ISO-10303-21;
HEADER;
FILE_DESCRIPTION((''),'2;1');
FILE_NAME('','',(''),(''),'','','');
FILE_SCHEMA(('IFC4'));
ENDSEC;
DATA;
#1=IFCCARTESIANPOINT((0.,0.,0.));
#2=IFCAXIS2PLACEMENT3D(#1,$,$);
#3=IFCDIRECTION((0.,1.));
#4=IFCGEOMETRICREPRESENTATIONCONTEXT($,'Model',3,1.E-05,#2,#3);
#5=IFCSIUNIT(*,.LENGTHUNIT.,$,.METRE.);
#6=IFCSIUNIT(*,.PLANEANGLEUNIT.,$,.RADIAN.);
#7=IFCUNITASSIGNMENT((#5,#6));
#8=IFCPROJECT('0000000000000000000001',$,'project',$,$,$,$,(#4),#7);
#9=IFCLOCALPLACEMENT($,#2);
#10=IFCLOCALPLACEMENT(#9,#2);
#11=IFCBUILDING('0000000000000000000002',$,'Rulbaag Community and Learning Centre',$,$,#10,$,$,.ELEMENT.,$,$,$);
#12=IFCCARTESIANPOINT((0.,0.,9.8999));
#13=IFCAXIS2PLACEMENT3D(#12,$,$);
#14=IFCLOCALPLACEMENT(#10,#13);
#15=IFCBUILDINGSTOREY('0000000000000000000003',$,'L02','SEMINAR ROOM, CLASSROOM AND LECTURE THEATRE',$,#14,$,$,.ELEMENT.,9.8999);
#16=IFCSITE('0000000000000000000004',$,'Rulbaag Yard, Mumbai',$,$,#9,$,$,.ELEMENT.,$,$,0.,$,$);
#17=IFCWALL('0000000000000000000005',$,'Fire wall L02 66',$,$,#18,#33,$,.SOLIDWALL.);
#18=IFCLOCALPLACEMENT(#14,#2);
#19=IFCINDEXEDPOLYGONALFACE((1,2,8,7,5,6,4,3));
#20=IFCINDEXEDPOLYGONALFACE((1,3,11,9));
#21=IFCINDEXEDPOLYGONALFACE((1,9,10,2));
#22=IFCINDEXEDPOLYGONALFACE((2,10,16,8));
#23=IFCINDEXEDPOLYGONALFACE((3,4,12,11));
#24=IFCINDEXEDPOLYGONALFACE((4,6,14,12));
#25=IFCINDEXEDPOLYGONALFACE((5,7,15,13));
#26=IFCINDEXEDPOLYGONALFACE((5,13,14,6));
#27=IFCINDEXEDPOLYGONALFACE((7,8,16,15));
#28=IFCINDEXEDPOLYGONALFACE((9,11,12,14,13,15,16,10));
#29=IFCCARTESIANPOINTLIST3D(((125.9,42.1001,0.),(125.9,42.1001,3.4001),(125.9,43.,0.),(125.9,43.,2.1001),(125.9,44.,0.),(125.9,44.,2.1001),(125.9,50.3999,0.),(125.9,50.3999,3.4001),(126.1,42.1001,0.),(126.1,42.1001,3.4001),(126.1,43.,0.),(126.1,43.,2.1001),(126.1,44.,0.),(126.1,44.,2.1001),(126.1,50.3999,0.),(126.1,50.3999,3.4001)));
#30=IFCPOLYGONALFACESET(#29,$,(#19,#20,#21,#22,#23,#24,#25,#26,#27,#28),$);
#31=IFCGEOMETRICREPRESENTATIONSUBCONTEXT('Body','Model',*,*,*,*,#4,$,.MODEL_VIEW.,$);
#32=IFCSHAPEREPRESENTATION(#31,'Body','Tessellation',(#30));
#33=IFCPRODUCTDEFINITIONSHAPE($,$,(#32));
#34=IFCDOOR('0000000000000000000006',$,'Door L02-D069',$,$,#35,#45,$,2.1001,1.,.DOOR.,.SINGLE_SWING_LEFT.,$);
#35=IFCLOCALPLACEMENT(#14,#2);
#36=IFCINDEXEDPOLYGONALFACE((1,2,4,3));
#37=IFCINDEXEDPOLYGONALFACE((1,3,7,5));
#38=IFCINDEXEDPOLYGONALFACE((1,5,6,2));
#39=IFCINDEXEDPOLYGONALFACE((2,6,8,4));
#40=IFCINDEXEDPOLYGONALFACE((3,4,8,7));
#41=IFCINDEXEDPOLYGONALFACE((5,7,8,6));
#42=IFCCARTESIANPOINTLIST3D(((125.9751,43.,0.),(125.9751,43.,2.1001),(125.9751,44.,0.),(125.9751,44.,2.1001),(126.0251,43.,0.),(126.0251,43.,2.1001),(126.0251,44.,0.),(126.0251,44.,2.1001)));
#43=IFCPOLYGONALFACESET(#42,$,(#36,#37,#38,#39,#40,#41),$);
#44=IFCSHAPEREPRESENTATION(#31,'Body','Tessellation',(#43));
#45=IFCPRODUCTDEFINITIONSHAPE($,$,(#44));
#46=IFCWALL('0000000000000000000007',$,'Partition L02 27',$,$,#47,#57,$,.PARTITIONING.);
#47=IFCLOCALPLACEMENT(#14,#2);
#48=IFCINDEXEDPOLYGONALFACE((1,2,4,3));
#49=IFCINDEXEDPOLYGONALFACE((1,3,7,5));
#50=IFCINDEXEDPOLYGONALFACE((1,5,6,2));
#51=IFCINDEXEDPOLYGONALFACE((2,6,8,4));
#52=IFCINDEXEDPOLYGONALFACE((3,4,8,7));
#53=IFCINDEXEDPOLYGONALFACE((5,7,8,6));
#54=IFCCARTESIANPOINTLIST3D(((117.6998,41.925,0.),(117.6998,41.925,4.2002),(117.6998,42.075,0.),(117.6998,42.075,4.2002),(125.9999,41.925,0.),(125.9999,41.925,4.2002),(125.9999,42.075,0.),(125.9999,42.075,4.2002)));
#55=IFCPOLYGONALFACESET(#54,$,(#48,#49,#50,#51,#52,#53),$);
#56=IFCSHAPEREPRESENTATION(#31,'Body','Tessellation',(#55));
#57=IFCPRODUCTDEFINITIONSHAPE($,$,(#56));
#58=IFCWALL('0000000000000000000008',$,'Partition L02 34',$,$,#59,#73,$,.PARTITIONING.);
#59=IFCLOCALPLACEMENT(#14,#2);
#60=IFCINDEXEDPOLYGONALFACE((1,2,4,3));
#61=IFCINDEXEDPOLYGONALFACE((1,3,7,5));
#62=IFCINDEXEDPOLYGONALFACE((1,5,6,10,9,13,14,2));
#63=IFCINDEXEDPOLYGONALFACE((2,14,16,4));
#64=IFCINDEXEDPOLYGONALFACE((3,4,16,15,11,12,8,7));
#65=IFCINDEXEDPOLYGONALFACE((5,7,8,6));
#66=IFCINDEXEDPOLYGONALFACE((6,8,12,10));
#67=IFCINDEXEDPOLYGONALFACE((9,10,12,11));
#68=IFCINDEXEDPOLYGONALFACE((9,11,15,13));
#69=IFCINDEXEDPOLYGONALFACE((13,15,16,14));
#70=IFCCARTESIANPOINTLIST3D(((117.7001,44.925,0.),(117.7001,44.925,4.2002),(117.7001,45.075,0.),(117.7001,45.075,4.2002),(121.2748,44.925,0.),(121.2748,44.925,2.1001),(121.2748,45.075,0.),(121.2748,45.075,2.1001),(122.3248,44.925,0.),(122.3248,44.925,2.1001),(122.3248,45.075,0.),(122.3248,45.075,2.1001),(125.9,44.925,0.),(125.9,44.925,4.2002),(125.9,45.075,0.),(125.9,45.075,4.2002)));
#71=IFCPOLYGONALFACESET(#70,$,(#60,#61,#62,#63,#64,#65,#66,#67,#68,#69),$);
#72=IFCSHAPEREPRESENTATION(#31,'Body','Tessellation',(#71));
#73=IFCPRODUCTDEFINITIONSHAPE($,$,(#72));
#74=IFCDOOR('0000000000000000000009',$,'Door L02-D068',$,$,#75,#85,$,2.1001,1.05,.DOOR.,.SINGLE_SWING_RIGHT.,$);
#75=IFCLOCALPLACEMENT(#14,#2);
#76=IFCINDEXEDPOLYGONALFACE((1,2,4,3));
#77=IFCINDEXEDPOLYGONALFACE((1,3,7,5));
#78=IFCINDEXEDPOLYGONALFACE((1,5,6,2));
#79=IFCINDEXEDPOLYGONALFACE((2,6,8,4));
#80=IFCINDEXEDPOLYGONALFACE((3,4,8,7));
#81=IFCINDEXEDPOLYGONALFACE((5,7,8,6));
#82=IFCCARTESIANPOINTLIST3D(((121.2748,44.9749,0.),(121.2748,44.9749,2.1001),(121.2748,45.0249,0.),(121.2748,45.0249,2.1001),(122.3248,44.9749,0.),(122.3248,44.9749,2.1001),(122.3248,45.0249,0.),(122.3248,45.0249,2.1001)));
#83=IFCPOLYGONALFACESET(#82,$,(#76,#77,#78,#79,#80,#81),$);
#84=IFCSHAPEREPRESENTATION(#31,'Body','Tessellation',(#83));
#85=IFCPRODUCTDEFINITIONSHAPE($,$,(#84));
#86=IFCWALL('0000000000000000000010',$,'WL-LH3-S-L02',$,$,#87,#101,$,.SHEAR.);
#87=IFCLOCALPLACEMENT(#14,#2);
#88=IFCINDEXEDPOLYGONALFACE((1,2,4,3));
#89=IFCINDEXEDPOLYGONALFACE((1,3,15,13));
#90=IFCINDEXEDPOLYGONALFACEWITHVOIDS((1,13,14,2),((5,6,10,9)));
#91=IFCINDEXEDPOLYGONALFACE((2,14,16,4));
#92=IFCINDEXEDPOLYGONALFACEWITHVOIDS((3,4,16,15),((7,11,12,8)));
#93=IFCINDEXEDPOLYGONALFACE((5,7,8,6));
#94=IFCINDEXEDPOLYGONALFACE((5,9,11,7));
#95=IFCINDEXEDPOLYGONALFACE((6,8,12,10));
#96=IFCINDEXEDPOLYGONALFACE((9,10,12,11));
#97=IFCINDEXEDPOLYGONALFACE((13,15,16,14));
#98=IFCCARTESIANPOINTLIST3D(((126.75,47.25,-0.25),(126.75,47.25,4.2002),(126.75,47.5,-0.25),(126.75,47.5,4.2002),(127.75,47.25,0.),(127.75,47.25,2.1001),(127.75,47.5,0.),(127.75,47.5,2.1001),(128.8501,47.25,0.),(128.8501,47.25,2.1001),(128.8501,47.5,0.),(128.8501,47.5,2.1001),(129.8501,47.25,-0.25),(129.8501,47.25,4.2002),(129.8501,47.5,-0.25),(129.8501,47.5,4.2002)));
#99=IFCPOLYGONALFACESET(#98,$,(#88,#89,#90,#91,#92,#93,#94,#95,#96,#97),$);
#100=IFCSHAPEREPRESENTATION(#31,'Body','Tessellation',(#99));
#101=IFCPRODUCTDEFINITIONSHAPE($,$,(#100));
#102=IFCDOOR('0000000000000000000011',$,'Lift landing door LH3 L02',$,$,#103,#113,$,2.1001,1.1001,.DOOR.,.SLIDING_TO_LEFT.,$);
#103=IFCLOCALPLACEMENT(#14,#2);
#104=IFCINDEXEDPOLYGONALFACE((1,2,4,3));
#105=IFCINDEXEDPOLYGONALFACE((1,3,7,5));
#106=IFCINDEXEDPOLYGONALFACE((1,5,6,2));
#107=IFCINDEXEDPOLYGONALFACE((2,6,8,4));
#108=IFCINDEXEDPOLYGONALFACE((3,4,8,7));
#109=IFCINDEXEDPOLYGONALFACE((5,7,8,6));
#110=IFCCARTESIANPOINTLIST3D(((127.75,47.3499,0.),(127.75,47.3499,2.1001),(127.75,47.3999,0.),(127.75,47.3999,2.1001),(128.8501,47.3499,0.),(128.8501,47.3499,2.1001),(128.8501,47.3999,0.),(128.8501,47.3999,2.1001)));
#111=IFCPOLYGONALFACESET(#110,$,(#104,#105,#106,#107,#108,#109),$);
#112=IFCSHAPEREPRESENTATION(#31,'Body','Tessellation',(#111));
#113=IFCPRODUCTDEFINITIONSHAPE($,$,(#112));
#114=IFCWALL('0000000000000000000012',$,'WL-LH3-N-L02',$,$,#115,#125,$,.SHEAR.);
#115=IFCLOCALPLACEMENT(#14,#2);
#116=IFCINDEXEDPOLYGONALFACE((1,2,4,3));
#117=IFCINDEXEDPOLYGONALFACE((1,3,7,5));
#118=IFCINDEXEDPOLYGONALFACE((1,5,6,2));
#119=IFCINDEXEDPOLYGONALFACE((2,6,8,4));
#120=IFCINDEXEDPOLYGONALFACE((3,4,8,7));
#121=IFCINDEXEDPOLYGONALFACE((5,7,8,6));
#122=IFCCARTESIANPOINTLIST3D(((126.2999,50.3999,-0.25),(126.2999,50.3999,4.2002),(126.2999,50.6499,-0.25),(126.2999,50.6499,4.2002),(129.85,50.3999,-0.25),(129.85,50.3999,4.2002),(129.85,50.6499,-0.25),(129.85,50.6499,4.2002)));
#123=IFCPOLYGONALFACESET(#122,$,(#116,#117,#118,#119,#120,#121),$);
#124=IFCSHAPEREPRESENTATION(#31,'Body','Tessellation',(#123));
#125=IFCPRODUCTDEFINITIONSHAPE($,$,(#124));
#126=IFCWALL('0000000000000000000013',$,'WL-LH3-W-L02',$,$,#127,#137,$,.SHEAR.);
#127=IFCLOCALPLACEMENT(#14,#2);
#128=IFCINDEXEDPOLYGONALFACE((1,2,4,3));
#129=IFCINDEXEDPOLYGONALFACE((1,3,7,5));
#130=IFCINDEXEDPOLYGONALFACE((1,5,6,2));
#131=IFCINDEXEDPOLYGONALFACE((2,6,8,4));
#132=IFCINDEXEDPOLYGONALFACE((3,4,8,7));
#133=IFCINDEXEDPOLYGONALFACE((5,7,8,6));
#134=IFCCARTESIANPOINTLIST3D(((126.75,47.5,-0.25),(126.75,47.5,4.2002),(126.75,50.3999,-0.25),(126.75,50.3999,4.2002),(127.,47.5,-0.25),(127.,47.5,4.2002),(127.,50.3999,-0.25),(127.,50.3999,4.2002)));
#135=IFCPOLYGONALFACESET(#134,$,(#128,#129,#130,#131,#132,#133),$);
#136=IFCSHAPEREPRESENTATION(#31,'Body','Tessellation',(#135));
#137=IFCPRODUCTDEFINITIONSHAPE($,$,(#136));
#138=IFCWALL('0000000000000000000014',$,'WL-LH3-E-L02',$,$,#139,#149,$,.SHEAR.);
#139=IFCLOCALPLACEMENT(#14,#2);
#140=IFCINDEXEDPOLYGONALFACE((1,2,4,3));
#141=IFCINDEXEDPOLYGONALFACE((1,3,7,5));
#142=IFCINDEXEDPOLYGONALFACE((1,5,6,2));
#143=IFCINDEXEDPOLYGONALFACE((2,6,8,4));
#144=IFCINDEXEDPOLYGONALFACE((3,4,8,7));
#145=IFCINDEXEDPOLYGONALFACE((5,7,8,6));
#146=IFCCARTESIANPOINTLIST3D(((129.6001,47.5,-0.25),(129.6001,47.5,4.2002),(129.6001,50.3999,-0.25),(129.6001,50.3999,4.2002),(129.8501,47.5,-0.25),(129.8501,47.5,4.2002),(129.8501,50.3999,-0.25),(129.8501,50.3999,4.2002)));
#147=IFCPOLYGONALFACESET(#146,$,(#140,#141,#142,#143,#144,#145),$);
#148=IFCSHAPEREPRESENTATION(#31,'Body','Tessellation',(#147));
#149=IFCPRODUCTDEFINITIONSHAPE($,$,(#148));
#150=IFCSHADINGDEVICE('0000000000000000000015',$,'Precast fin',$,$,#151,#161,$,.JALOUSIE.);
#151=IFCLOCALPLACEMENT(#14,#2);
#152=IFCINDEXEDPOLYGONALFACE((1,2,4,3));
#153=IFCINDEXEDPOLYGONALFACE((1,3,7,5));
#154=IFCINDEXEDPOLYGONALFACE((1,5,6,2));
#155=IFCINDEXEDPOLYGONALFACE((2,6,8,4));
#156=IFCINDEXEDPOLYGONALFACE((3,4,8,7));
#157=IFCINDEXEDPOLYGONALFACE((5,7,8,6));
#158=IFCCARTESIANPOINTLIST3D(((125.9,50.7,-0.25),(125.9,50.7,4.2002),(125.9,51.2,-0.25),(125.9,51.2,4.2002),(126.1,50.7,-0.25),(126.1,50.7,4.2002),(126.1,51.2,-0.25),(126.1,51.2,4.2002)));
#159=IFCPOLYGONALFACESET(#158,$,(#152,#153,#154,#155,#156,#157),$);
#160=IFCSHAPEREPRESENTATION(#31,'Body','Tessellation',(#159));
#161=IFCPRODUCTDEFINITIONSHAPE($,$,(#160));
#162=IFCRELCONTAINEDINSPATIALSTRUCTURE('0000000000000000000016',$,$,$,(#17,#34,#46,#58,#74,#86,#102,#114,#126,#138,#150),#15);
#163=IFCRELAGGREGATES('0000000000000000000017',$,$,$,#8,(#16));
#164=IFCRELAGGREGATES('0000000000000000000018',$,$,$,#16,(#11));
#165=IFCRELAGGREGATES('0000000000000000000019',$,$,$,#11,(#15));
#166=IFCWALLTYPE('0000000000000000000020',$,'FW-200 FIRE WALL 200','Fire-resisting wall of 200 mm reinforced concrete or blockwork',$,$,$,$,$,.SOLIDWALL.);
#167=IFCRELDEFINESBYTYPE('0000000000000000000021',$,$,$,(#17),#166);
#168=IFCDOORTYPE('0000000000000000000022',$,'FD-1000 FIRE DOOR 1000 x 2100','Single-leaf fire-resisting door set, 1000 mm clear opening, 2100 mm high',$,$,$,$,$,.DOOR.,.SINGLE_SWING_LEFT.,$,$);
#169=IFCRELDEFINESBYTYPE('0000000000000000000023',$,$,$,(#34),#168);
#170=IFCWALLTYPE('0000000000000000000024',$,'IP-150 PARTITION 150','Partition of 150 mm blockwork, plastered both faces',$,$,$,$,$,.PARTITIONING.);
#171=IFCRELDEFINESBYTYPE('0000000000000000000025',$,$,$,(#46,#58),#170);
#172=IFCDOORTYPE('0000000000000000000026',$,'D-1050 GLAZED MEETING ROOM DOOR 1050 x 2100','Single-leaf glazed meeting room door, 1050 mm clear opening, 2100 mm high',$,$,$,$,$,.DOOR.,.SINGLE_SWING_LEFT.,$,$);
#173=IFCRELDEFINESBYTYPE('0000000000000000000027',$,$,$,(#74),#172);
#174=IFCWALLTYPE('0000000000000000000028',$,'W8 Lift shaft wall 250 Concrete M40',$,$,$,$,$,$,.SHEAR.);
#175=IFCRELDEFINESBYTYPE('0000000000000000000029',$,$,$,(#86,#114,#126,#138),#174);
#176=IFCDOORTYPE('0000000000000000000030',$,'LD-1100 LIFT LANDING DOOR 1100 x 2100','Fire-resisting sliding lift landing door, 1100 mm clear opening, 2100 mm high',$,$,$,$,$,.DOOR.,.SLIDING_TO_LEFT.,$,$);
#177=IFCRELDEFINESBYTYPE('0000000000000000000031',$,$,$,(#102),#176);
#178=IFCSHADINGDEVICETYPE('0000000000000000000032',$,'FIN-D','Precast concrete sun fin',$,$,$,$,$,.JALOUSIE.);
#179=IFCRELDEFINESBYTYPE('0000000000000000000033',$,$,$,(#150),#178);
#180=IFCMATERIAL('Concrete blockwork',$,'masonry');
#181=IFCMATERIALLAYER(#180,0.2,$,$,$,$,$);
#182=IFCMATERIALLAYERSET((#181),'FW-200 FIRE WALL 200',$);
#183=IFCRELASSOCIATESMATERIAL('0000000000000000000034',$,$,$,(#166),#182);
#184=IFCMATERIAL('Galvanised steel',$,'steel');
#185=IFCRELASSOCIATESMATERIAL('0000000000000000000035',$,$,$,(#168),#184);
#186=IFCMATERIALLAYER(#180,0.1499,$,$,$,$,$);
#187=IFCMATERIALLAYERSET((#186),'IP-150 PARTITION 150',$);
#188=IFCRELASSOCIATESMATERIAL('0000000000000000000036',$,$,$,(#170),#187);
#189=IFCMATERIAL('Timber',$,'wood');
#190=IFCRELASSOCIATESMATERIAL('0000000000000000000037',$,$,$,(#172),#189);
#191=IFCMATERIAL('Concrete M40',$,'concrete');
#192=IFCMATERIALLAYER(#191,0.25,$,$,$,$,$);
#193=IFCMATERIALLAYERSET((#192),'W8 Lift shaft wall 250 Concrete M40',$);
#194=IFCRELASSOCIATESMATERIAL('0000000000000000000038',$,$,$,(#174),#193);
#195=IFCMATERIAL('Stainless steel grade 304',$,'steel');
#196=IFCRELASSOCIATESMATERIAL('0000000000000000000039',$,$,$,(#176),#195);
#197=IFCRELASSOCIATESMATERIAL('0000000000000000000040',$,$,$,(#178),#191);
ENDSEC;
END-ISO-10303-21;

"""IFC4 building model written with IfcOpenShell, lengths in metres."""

from ifc_helpers import new_model, si_unit, direction, frame, frame_2d, origin, origin_2d, place, context, subcontext, project, spatial, rectangle, extrude, material, layer, layer_set, material_profile, profile_set, type_object, element, fill, save


model = new_model("IFC4")

# Units and contexts
model_context = context("Model", 3, precision=1e-05, world=origin(), true_north=direction((0.0, 1.0)))
body_context = subcontext(model_context, "Body", "Model", "MODEL_VIEW")
ifc_project = project(units=[si_unit("LENGTHUNIT", "METRE"), si_unit("PLANEANGLEUNIT", "RADIAN")], contexts=[model_context])

# Site, building, storey
site_placement = place(None, origin())
site = spatial("IfcSite", under=ifc_project, at=site_placement, Name="Rulbaag Yard, Mumbai", CompositionType="ELEMENT", RefElevation=0.0)
building_placement = place(site_placement, origin())
building = spatial("IfcBuilding", under=site, at=building_placement, Name="Rulbaag Community and Learning Centre", CompositionType="ELEMENT")
storey_placement = place(building_placement, frame((0.0, 0.0, 9.8999)))
storey = spatial("IfcBuildingStorey", under=building, at=storey_placement, Name="L02", Description="SEMINAR ROOM, CLASSROOM AND LECTURE THEATRE", CompositionType="ELEMENT", Elevation=9.8999)

# Shared definitions
ifc_material_1 = material(Name="Concrete M40", Category="concrete")

# Shared definitions
ifc_material_2 = material(Name="Concrete blockwork", Category="masonry")
ifc_layer_1 = layer(ifc_material_2, 0.2)
ifc_layer_set_1 = layer_set([ifc_layer_1], Name="FW-200 FIRE WALL 200")
wall_type_1 = type_object("IfcWallType", Name="FW-200 FIRE WALL 200", Description="Fire-resisting wall of 200 mm reinforced concrete or blockwork", PredefinedType="SOLIDWALL", material=ifc_layer_set_1)

# Wall, opening, door
wall_1_placement = place(storey_placement, frame((126.0, 42.1001, 0.0), z_axis=(0.0, 0.0, 1.0), x_axis=(0.0, 1.0, 0.0)))
wall_1 = element("IfcWall", 1, at=wall_1_placement, inside=storey, type_object=wall_type_1, Name="Fire wall L02 66", PredefinedType="SOLIDWALL", context=body_context, shape_type="SweptSolid", body=[
    extrude(rectangle(XDim=8.2998, YDim=0.2, at=frame_2d((4.1499, 0.0))), origin(), (0.0, 0.0, 1.0), 3.4001),
])
opening_1_placement = place(wall_1_placement, frame((0.8999, 0.0, 0.0)))
opening_1 = element("IfcOpeningElement", 2, at=opening_1_placement, cuts=wall_1, PredefinedType="OPENING", context=body_context, shape_type="SweptSolid", body=[
    extrude(rectangle(XDim=1.0, YDim=2.1001, at=frame_2d((0.5, 1.05))), frame((0.0, 0.1099, 0.0), z_axis=(0.0, -1.0, 0.0), x_axis=(1.0, 0.0, 0.0)), (0.0, 0.0, 1.0), 0.22),
])
ifc_material_3 = material(Name="Galvanised steel", Category="steel")
door_type_1 = type_object("IfcDoorType", Name="FD-1000 FIRE DOOR 1000 x 2100", Description="Single-leaf fire-resisting door set, 1000 mm clear opening, 2100 mm high", OperationType="SINGLE_SWING_LEFT", PredefinedType="DOOR", material=ifc_material_3)
door_1_placement = place(opening_1_placement, origin())
door_1 = element("IfcDoor", 3, at=door_1_placement, inside=storey, type_object=door_type_1, Name="Door L02-D069", OperationType="SINGLE_SWING_LEFT", OverallHeight=2.1001, OverallWidth=1.0, PredefinedType="DOOR", context=body_context, shape_type="SweptSolid", body=[
    extrude(rectangle(XDim=1.0, YDim=2.1001, at=frame_2d((0.5, 1.05))), frame((0.0, 0.0249, 0.0), z_axis=(0.0, -1.0, 0.0), x_axis=(1.0, 0.0, 0.0)), (0.0, 0.0, 1.0), 0.05),
])
fill(opening_1, door_1)

# Wall
ifc_layer_2 = layer(ifc_material_2, 0.1499)
ifc_layer_set_2 = layer_set([ifc_layer_2], Name="IP-150 PARTITION 150")
wall_type_2 = type_object("IfcWallType", Name="IP-150 PARTITION 150", Description="Partition of 150 mm blockwork, plastered both faces", PredefinedType="PARTITIONING", material=ifc_layer_set_2)
wall_2_placement = place(storey_placement, frame((117.7, 42.0, 0.0), z_axis=(0.0, 0.0, 1.0), x_axis=(1.0, 0.0, 0.0)))
element("IfcWall", 4, at=wall_2_placement, inside=storey, type_object=wall_type_2, Name="Partition L02 27", PredefinedType="PARTITIONING", context=body_context, shape_type="SweptSolid", body=[
    extrude(rectangle(XDim=8.3, YDim=0.1499, at=frame_2d((4.1499, 0.0))), origin(), (0.0, 0.0, 1.0), 4.2002),
])

# Walls, openings, doors
wall_3_placement = place(storey_placement, frame((117.7, 45.0, 0.0), z_axis=(0.0, 0.0, 1.0), x_axis=(1.0, 0.0, 0.0)))
wall_3 = element("IfcWall", 5, at=wall_3_placement, inside=storey, type_object=wall_type_2, Name="Partition L02 34", PredefinedType="PARTITIONING", context=body_context, shape_type="SweptSolid", body=[
    extrude(rectangle(XDim=8.2, YDim=0.1499, at=frame_2d((4.1001, 0.0))), origin(), (0.0, 0.0, 1.0), 4.2002),
])
opening_2_placement = place(wall_3_placement, frame((3.575, 0.0, 0.0)))
opening_2 = element("IfcOpeningElement", 6, at=opening_2_placement, cuts=wall_3, PredefinedType="OPENING", context=body_context, shape_type="SweptSolid", body=[
    extrude(rectangle(XDim=1.05, YDim=2.1001, at=frame_2d((0.5249, 1.05))), frame((0.0, 0.085, 0.0), z_axis=(0.0, -1.0, 0.0), x_axis=(1.0, 0.0, 0.0)), (0.0, 0.0, 1.0), 0.1699),
])
ifc_material_4 = material(Name="Timber", Category="wood")
door_type_2 = type_object("IfcDoorType", Name="D-1050 GLAZED MEETING ROOM DOOR 1050 x 2100", Description="Single-leaf glazed meeting room door, 1050 mm clear opening, 2100 mm high", OperationType="SINGLE_SWING_LEFT", PredefinedType="DOOR", material=ifc_material_4)
door_2_placement = place(opening_2_placement, origin())
door_2 = element("IfcDoor", 7, at=door_2_placement, inside=storey, type_object=door_type_2, Name="Door L02-D068", OperationType="SINGLE_SWING_RIGHT", OverallHeight=2.1001, OverallWidth=1.05, PredefinedType="DOOR", context=body_context, shape_type="SweptSolid", body=[
    extrude(rectangle(XDim=1.05, YDim=2.1001, at=frame_2d((0.5249, 1.05))), frame((0.0, 0.0249, 0.0), z_axis=(0.0, -1.0, 0.0), x_axis=(1.0, 0.0, 0.0)), (0.0, 0.0, 1.0), 0.05),
])
fill(opening_2, door_2)
ifc_layer_3 = layer(ifc_material_1, 0.25)
ifc_layer_set_3 = layer_set([ifc_layer_3], Name="W8 Lift shaft wall 250 Concrete M40")
wall_type_3 = type_object("IfcWallType", Name="W8 Lift shaft wall 250 Concrete M40", PredefinedType="SHEAR", material=ifc_layer_set_3)
wall_4_placement = place(storey_placement, frame((126.75, 47.375, -0.25), z_axis=(0.0, 0.0, 1.0), x_axis=(1.0, 0.0, 0.0)))
wall_4 = element("IfcWall", 8, at=wall_4_placement, inside=storey, type_object=wall_type_3, Name="WL-LH3-S-L02", PredefinedType="SHEAR", context=body_context, shape_type="SweptSolid", body=[
    extrude(rectangle(XDim=3.1001, YDim=0.25, at=frame_2d((1.55, 0.0))), origin(), (0.0, 0.0, 1.0), 4.4502),
])
opening_3_placement = place(wall_4_placement, frame((1.0, 0.0, 0.25)))
opening_3 = element("IfcOpeningElement", 9, at=opening_3_placement, cuts=wall_4, PredefinedType="OPENING", context=body_context, shape_type="SweptSolid", body=[
    extrude(rectangle(XDim=1.1001, YDim=2.1001, at=frame_2d((0.55, 1.05))), frame((0.0, 0.135, 0.0), z_axis=(0.0, -1.0, 0.0), x_axis=(1.0, 0.0, 0.0)), (0.0, 0.0, 1.0), 0.27),
])
ifc_material_5 = material(Name="Stainless steel grade 304", Category="steel")
door_type_3 = type_object("IfcDoorType", Name="LD-1100 LIFT LANDING DOOR 1100 x 2100", Description="Fire-resisting sliding lift landing door, 1100 mm clear opening, 2100 mm high", OperationType="SLIDING_TO_LEFT", PredefinedType="DOOR", material=ifc_material_5)
door_3_placement = place(opening_3_placement, origin())
door_3 = element("IfcDoor", 10, at=door_3_placement, inside=storey, type_object=door_type_3, Name="Lift landing door LH3 L02", OperationType="SLIDING_TO_LEFT", OverallHeight=2.1001, OverallWidth=1.1001, PredefinedType="DOOR", context=body_context, shape_type="SweptSolid", body=[
    extrude(rectangle(XDim=1.1001, YDim=2.1001, at=frame_2d((0.55, 1.05))), frame((0.0, 0.0249, 0.0), z_axis=(0.0, -1.0, 0.0), x_axis=(1.0, 0.0, 0.0)), (0.0, 0.0, 1.0), 0.05),
])
fill(opening_3, door_3)

# Walls
wall_5_placement = place(storey_placement, frame((126.3, 50.5249, -0.25), z_axis=(0.0, 0.0, 1.0), x_axis=(1.0, 0.0, 0.0)))
element("IfcWall", 11, at=wall_5_placement, inside=storey, type_object=wall_type_3, Name="WL-LH3-N-L02", PredefinedType="SHEAR", context=body_context, shape_type="SweptSolid", body=[
    extrude(rectangle(XDim=3.55, YDim=0.25, at=frame_2d((1.7749, 0.0))), origin(), (0.0, 0.0, 1.0), 4.4502),
])
for number, where, z_axis, x_axis, name in (
    (12, (126.875, 47.5, -0.25), (0.0, 0.0, 1.0), (0.0, 1.0, 0.0), "WL-LH3-W-L02"),
    (13, (129.7251, 47.5, -0.25), (0.0, 0.0, 1.0), (0.0, 1.0, 0.0), "WL-LH3-E-L02"),
):
    element("IfcWall", number, at=place(storey_placement, frame(where, z_axis=z_axis, x_axis=x_axis)), inside=storey, type_object=wall_type_3, Name=name, PredefinedType="SHEAR", context=body_context, shape_type="SweptSolid", body=[
        extrude(rectangle(XDim=2.8999, YDim=0.25, at=frame_2d((1.45, 0.0))), origin(), (0.0, 0.0, 1.0), 4.4502),
    ])

# Shading device
ifc_material_profile_1 = material_profile(ifc_material_1, rectangle(XDim=0.2, YDim=0.5, at=origin_2d()), Name="PC 200x500")
ifc_profile_set_1 = profile_set([ifc_material_profile_1], Name="Concrete M40")
shading_device_type = type_object("IfcShadingDeviceType", Name="FIN-D", Description="Precast concrete sun fin", PredefinedType="JALOUSIE", material=ifc_profile_set_1)
shading_device_placement = place(storey_placement, frame((126.0, 50.95, -0.25), z_axis=(0.0, 0.0, 1.0), x_axis=(1.0, 0.0, 0.0)))
element("IfcShadingDevice", 14, at=shading_device_placement, inside=storey, type_object=shading_device_type, Name="Precast fin", PredefinedType="JALOUSIE", context=body_context, shape_type="SweptSolid", body=[
    extrude(rectangle(XDim=0.2, YDim=0.5, at=origin_2d()), origin(), (0.0, 0.0, 1.0), 4.4502),
])

save(model, "model.ifc")
